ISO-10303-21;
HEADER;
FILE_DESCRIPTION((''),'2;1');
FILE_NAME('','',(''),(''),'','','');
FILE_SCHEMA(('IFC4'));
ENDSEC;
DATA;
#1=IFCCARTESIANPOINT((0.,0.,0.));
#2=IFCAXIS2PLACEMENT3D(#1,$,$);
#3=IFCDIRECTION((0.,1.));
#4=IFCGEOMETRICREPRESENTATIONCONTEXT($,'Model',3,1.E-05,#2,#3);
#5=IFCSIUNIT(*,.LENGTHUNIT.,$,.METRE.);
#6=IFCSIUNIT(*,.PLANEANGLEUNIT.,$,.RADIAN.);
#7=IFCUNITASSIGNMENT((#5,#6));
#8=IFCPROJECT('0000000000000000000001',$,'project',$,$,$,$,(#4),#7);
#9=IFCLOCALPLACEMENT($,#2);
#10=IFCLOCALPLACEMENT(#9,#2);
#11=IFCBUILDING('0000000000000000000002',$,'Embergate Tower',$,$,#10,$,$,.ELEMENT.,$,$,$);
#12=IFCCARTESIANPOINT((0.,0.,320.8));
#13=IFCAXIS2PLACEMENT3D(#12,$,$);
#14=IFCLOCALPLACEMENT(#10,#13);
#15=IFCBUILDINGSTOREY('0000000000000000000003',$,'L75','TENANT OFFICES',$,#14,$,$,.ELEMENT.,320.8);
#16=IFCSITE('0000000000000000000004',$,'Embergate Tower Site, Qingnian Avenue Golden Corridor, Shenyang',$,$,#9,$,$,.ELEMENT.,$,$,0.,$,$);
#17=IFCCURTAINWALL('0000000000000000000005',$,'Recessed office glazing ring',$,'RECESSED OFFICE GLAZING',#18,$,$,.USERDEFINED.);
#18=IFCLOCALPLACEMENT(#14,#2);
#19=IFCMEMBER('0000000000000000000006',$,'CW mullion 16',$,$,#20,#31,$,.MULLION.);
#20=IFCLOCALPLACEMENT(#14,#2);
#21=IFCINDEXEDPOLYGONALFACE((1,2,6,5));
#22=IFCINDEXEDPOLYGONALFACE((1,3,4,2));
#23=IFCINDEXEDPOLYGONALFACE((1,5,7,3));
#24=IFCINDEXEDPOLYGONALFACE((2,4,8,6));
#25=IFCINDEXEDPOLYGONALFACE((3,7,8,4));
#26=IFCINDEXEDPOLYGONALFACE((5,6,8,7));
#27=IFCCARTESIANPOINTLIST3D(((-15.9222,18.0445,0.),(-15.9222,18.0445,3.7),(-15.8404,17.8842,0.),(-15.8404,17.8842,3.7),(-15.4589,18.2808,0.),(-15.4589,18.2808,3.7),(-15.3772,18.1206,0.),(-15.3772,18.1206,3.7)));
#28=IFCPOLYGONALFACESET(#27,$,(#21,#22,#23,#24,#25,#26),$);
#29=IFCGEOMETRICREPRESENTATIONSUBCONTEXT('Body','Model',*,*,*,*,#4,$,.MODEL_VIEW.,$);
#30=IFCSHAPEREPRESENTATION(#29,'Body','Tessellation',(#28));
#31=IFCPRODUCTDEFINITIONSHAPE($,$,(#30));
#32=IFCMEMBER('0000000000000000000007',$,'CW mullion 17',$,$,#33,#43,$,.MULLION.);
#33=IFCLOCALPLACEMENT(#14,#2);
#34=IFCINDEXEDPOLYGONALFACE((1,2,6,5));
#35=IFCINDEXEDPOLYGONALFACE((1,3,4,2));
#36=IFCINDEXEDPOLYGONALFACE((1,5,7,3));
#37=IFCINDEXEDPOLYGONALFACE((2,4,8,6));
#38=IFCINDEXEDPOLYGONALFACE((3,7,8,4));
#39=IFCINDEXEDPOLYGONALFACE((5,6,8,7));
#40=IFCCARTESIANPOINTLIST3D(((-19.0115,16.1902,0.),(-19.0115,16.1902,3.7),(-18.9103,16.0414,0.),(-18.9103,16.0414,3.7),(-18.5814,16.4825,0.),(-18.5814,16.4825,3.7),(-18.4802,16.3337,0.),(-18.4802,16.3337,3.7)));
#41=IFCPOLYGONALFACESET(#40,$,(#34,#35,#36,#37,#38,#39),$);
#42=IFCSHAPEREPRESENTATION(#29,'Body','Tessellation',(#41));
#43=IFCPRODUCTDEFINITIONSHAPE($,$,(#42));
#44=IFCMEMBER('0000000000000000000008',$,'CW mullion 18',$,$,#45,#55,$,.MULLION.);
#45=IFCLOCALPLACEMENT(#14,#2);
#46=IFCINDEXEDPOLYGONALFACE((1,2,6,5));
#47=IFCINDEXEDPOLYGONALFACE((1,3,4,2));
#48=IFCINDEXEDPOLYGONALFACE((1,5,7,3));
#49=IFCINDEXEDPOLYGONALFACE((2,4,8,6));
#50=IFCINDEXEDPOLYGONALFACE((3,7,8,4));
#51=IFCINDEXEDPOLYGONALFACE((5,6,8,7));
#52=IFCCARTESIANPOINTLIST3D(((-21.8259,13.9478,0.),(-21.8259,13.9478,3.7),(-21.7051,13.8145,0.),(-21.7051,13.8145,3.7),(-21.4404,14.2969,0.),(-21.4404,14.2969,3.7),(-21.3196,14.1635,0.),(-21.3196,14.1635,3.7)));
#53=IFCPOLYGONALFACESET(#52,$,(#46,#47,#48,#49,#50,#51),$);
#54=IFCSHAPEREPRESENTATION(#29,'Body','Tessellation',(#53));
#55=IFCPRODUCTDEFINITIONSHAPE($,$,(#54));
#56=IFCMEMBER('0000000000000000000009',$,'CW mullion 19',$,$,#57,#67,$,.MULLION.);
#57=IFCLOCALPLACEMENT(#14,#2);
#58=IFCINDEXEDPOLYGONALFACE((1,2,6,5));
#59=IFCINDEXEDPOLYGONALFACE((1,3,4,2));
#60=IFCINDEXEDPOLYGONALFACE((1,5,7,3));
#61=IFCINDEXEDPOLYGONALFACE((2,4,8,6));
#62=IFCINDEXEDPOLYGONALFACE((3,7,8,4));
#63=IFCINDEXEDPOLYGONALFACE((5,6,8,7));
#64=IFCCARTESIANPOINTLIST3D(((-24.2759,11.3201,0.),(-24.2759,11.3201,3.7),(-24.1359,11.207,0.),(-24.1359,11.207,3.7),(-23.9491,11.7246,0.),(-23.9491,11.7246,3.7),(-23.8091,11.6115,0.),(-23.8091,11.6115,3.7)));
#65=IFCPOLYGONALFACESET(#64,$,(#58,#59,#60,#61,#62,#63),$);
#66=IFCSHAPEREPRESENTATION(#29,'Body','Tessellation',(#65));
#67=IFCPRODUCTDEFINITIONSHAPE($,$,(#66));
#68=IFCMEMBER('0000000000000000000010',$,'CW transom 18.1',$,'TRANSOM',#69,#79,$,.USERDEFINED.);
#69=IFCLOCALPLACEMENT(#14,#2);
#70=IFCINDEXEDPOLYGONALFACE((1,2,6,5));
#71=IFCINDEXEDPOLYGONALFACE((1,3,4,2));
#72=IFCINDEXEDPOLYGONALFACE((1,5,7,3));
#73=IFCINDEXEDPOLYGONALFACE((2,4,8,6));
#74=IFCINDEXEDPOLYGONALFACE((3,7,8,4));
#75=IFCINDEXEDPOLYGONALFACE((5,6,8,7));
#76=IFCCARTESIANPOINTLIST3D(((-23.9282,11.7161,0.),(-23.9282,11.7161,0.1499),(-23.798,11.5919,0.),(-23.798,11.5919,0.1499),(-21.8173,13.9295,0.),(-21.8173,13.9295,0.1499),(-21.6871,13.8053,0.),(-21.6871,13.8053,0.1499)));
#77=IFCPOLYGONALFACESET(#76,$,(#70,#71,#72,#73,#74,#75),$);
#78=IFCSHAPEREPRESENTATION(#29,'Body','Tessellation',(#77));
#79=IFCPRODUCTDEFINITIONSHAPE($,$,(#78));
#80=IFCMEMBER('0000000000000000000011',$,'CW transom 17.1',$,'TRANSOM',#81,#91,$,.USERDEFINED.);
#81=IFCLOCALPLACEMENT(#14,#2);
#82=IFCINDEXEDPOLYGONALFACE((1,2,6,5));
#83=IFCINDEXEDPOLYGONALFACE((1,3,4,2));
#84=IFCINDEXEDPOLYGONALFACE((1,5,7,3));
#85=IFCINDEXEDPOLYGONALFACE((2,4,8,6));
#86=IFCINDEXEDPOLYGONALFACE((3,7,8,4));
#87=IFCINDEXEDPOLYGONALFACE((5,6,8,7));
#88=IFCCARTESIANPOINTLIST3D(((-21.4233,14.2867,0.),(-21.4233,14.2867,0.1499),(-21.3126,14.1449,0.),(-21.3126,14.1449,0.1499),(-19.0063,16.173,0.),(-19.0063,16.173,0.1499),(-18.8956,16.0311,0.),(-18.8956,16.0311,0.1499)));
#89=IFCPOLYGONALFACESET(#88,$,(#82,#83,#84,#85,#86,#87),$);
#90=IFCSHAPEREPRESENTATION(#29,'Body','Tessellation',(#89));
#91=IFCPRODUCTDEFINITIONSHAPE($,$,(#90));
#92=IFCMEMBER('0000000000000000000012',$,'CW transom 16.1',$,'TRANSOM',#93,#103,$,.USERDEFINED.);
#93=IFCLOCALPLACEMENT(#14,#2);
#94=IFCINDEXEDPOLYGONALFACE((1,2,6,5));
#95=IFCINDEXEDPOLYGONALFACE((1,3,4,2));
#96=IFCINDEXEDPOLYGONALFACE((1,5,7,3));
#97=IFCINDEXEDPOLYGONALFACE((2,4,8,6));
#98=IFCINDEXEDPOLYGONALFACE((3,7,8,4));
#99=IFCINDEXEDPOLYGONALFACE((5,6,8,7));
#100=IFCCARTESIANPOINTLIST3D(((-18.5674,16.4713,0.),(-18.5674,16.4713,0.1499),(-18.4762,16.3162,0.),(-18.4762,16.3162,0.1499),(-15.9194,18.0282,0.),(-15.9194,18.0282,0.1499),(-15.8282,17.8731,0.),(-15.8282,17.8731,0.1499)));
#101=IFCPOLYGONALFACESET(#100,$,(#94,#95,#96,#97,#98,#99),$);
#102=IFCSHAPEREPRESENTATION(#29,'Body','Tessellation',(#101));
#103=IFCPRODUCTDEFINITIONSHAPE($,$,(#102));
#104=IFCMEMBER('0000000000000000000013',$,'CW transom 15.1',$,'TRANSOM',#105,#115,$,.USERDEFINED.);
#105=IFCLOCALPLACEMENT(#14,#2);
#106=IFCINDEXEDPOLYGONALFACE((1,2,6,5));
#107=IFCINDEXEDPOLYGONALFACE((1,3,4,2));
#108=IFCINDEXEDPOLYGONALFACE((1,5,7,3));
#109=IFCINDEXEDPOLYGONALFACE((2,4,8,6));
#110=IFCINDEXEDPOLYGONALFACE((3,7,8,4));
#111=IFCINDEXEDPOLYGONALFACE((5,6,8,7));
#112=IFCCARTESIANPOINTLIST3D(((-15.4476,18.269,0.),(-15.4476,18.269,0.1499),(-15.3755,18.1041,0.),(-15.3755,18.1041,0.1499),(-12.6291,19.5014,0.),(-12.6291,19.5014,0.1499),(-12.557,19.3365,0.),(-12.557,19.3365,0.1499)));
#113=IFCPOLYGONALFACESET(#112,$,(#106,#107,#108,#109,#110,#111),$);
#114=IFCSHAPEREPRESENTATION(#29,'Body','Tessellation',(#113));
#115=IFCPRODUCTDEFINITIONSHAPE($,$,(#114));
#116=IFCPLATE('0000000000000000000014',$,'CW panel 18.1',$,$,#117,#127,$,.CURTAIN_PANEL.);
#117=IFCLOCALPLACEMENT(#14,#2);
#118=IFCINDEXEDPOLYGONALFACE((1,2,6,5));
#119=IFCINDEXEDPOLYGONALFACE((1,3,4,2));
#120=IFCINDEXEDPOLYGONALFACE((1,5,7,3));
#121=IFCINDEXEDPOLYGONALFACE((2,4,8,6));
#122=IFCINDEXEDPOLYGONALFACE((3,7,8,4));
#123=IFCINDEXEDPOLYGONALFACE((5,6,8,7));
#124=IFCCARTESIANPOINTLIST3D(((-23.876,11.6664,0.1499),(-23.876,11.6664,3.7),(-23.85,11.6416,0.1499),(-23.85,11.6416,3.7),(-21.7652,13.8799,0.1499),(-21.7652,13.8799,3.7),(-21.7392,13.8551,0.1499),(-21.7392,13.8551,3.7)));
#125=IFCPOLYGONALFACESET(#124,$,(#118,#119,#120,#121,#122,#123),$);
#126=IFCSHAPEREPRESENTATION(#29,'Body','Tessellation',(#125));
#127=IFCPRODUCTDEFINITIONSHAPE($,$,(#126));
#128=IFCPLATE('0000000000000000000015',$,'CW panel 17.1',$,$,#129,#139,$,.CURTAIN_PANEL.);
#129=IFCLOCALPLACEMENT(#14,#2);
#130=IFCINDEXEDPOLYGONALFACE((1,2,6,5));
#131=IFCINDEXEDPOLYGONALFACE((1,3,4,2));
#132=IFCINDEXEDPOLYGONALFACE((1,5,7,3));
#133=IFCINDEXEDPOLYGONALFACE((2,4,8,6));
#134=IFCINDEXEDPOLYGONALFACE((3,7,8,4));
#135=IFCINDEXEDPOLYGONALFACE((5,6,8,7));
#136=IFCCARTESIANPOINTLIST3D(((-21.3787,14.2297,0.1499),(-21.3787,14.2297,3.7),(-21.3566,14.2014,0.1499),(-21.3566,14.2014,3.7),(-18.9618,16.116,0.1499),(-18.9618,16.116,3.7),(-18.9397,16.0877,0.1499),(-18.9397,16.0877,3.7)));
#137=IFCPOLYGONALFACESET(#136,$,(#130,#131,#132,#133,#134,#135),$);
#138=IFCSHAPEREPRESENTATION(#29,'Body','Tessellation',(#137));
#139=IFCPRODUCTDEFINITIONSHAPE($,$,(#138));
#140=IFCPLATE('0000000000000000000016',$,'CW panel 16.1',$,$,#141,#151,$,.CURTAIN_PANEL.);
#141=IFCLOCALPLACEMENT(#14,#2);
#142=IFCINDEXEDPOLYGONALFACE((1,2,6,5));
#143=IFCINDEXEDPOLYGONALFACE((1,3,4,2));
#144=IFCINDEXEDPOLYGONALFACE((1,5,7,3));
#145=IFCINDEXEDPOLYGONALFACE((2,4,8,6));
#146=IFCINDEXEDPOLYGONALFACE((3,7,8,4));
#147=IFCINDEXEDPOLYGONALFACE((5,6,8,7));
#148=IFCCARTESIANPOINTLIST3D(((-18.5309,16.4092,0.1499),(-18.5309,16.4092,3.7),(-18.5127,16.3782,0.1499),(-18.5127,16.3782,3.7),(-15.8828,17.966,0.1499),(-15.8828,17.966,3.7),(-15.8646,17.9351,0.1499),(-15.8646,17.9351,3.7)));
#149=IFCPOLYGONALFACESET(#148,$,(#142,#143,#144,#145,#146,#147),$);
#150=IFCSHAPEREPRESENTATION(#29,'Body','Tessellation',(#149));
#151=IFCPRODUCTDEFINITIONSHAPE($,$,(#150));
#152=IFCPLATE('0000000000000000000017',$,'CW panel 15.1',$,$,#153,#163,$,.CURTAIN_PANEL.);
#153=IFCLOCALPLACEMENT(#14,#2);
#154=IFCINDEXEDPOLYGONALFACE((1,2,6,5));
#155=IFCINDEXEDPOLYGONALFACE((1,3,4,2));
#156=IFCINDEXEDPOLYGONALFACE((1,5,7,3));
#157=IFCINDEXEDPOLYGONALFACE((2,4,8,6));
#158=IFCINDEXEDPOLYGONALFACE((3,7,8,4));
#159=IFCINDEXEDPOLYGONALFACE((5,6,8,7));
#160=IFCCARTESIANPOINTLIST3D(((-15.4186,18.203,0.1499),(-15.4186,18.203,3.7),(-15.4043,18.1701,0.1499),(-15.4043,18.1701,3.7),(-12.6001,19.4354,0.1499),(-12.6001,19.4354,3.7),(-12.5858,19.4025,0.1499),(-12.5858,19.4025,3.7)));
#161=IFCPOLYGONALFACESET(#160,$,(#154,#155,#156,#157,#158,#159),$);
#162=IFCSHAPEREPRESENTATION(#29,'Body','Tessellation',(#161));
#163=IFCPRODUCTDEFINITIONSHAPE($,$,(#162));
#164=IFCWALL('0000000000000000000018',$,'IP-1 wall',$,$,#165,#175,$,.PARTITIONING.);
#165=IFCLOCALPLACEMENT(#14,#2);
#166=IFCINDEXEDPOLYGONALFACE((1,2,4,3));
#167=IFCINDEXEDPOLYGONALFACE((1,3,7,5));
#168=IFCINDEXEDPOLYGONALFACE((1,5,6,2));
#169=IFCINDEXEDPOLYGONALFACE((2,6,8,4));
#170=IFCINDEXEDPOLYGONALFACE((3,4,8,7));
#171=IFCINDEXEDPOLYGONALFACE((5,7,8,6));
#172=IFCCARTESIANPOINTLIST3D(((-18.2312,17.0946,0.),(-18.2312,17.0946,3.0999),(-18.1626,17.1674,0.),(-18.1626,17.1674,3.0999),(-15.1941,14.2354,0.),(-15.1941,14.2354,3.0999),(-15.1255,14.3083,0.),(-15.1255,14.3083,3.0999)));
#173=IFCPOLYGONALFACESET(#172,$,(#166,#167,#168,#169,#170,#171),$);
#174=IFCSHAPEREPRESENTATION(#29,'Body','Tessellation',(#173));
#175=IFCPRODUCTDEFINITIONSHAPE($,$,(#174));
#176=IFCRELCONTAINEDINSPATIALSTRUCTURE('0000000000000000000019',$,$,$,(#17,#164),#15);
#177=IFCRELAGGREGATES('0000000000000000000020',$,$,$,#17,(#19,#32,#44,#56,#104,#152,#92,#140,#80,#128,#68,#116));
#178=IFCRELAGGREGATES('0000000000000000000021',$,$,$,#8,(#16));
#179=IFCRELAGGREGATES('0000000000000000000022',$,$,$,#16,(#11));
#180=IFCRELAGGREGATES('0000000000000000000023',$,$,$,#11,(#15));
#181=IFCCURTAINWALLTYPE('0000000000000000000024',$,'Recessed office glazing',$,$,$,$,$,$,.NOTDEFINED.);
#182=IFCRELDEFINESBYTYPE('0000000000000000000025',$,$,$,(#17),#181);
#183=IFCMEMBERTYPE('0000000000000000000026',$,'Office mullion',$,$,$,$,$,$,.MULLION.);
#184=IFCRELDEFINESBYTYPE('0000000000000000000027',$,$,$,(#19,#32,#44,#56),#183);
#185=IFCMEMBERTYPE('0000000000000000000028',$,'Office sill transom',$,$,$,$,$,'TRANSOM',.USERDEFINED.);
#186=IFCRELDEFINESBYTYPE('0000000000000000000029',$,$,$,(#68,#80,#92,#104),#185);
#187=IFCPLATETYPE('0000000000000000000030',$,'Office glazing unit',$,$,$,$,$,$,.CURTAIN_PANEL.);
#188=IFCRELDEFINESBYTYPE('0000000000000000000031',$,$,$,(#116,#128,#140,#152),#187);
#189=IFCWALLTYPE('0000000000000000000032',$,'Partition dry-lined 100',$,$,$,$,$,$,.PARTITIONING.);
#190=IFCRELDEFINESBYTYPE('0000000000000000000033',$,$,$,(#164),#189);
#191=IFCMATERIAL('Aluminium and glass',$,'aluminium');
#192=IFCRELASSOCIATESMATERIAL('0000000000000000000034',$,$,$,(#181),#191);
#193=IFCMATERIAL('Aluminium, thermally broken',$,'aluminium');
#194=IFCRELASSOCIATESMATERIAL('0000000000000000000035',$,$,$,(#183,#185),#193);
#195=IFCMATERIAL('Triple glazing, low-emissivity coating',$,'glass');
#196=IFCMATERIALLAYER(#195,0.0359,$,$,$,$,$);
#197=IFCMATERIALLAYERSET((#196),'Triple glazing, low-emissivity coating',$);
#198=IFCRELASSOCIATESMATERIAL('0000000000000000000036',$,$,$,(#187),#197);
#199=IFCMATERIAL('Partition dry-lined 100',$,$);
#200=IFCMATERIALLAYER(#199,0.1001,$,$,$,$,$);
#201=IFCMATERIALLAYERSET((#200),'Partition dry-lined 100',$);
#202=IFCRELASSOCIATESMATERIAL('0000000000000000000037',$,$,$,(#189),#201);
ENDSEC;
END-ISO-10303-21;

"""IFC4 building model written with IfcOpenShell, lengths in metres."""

from ifc_helpers import new_model, si_unit, direction, frame, frame_2d, origin, origin_2d, place, context, subcontext, project, spatial, rectangle, extrude, source, transform, mapped, material, layer, layer_set, material_profile, profile_set, type_object, element, aggregate, save


model = new_model("IFC4")

# Units and contexts
model_context = context("Model", 3, precision=1e-05, world=origin(), true_north=direction((0.0, 1.0)))
body_context = subcontext(model_context, "Body", "Model", "MODEL_VIEW")
ifc_project = project(units=[si_unit("LENGTHUNIT", "METRE"), si_unit("PLANEANGLEUNIT", "RADIAN")], contexts=[model_context])

# Site, building, storey
site_placement = place(None, origin())
site = spatial("IfcSite", under=ifc_project, at=site_placement, Name="Embergate Tower Site, Qingnian Avenue Golden Corridor, Shenyang", CompositionType="ELEMENT", RefElevation=0.0)
building_placement = place(site_placement, origin())
building = spatial("IfcBuilding", under=site, at=building_placement, Name="Embergate Tower", CompositionType="ELEMENT")
storey_placement = place(building_placement, frame((0.0, 0.0, 320.8)))
storey = spatial("IfcBuildingStorey", under=building, at=storey_placement, Name="L75", Description="TENANT OFFICES", CompositionType="ELEMENT", Elevation=320.8)

# Curtain wall, members, plates
ifc_material_1 = material(Name="Aluminium and glass", Category="aluminium")
curtain_wall_type = type_object("IfcCurtainWallType", Name="Recessed office glazing", PredefinedType="NOTDEFINED", material=ifc_material_1)
curtain_wall_placement = place(storey_placement, origin())
curtain_wall = element("IfcCurtainWall", 1, at=curtain_wall_placement, inside=storey, type_object=curtain_wall_type, Name="Recessed office glazing ring", ObjectType="RECESSED OFFICE GLAZING", PredefinedType="USERDEFINED")
ifc_material_2 = material(Name="Aluminium, thermally broken", Category="aluminium")
ifc_material_profile_1 = material_profile(ifc_material_2, rectangle(XDim=0.1799, YDim=0.52, at=origin_2d()), Name="AL 520x180")
ifc_profile_set_1 = profile_set([ifc_material_profile_1], Name="Aluminium, thermally broken")
member_type_1 = type_object("IfcMemberType", Name="Office mullion", PredefinedType="MULLION", material=ifc_profile_set_1)
shared_shape_1 = source(origin(), body_context, "Body", "SweptSolid", [
    extrude(rectangle(XDim=0.1799, YDim=0.52, at=origin_2d()), origin(), (0.0, 0.0, 1.0), 3.7),
])
member_1_placement = place(storey_placement, frame((-15.6497, 18.0825, 0.0), z_axis=(0.0, 0.0, 1.0), x_axis=(0.454508, -0.890743, 0.0)))
member_1 = element("IfcMember", 2, at=member_1_placement, type_object=member_type_1, Name="CW mullion 16", PredefinedType="MULLION", context=body_context, shape_type="MappedRepresentation", body=[
    mapped(shared_shape_1, transform((0.0, 0.0, 0.0))),
])
member_2_placement = place(storey_placement, frame((-18.7458, 16.262, 0.0), z_axis=(0.0, 0.0, 1.0), x_axis=(0.56221, -0.826994, 0.0)))
member_2 = element("IfcMember", 3, at=member_2_placement, type_object=member_type_1, Name="CW mullion 17", PredefinedType="MULLION", context=body_context, shape_type="MappedRepresentation", body=[
    mapped(shared_shape_1, transform((0.0, 0.0, 0.0))),
])
member_3_placement = place(storey_placement, frame((-21.5728, 14.0557, 0.0), z_axis=(0.0, 0.0, 1.0), x_axis=(0.671217, -0.74126, 0.0)))
member_3 = element("IfcMember", 4, at=member_3_placement, type_object=member_type_1, Name="CW mullion 18", PredefinedType="MULLION", context=body_context, shape_type="MappedRepresentation", body=[
    mapped(shared_shape_1, transform((0.0, 0.0, 0.0))),
])
member_4_placement = place(storey_placement, frame((-24.0425, 11.4658, 0.0), z_axis=(0.0, 0.0, 1.0), x_axis=(0.777862, -0.628436, 0.0)))
member_4 = element("IfcMember", 5, at=member_4_placement, type_object=member_type_1, Name="CW mullion 19", PredefinedType="MULLION", context=body_context, shape_type="MappedRepresentation", body=[
    mapped(shared_shape_1, transform((0.0, 0.0, 0.0))),
])
ifc_material_profile_2 = material_profile(ifc_material_2, rectangle(XDim=0.1799, YDim=0.1499, at=origin_2d()), Name="AL 150x180")
ifc_profile_set_2 = profile_set([ifc_material_profile_2], Name="Aluminium, thermally broken")
member_type_2 = type_object("IfcMemberType", Name="Office sill transom", ElementType="TRANSOM", PredefinedType="USERDEFINED", material=ifc_profile_set_2)
shared_shape_2 = source(origin(), body_context, "Body", "SweptSolid", [
    extrude(rectangle(XDim=0.1799, YDim=0.1499, at=origin_2d()), origin(), (0.0, 0.0, 1.0), 3.0586),
])
member_5_placement = place(storey_placement, frame((-21.7522, 13.8674, 0.075), z_axis=(-0.690145, -0.723671, 0.0), x_axis=(0.723671, -0.690145, 0.0)))
member_5 = element("IfcMember", 6, at=member_5_placement, type_object=member_type_2, Name="CW transom 18.1", ObjectType="TRANSOM", PredefinedType="USERDEFINED", context=body_context, shape_type="MappedRepresentation", body=[
    mapped(shared_shape_2, transform((0.0, 0.0, 0.0))),
])
shared_shape_3 = source(origin(), body_context, "Body", "SweptSolid", [
    extrude(rectangle(XDim=0.1799, YDim=0.1499, at=origin_2d()), origin(), (0.0, 0.0, 1.0), 3.0659),
])
member_6_placement = place(storey_placement, frame((-18.9509, 16.1021, 0.075), z_axis=(-0.788348, -0.61523, 0.0), x_axis=(0.61523, -0.788348, 0.0)))
member_6 = element("IfcMember", 7, at=member_6_placement, type_object=member_type_2, Name="CW transom 17.1", ObjectType="TRANSOM", PredefinedType="USERDEFINED", context=body_context, shape_type="MappedRepresentation", body=[
    mapped(shared_shape_3, transform((0.0, 0.0, 0.0))),
])
shared_shape_4 = source(origin(), body_context, "Body", "SweptSolid", [
    extrude(rectangle(XDim=0.1799, YDim=0.1499, at=origin_2d()), origin(), (0.0, 0.0, 1.0), 3.0718),
])
member_7_placement = place(storey_placement, frame((-15.8738, 17.9507, 0.075), z_axis=(-0.862038, -0.506843, 0.0), x_axis=(0.506843, -0.862038, 0.0)))
member_7 = element("IfcMember", 8, at=member_7_placement, type_object=member_type_2, Name="CW transom 16.1", ObjectType="TRANSOM", PredefinedType="USERDEFINED", context=body_context, shape_type="MappedRepresentation", body=[
    mapped(shared_shape_4, transform((0.0, 0.0, 0.0))),
])
shared_shape_5 = source(origin(), body_context, "Body", "SweptSolid", [
    extrude(rectangle(XDim=0.1799, YDim=0.1499, at=origin_2d()), origin(), (0.0, 0.0, 1.0), 3.0762),
])
member_8_placement = place(storey_placement, frame((-12.593, 19.4189, 0.075), z_axis=(-0.916243, -0.400623, 0.0), x_axis=(0.400623, -0.916243, 0.0)))
member_8 = element("IfcMember", 9, at=member_8_placement, type_object=member_type_2, Name="CW transom 15.1", ObjectType="TRANSOM", PredefinedType="USERDEFINED", context=body_context, shape_type="MappedRepresentation", body=[
    mapped(shared_shape_5, transform((0.0, 0.0, 0.0))),
])
ifc_material_3 = material(Name="Triple glazing, low-emissivity coating", Category="glass")
ifc_layer_1 = layer(ifc_material_3, 0.0359)
ifc_layer_set_1 = layer_set([ifc_layer_1], Name="Triple glazing, low-emissivity coating")
plate_type = type_object("IfcPlateType", Name="Office glazing unit", PredefinedType="CURTAIN_PANEL", material=ifc_layer_set_1)
shared_shape_6 = source(origin(), body_context, "Body", "SweptSolid", [
    extrude(rectangle(XDim=3.0586, YDim=0.0359, at=origin_2d()), origin(), (0.0, 0.0, 1.0), 3.55),
])
plate_1_placement = place(storey_placement, frame((-22.8076, 12.7607, 0.1499), z_axis=(0.0, 0.0, 1.0), x_axis=(-0.690133, -0.723683, 0.0)))
plate_1 = element("IfcPlate", 10, at=plate_1_placement, type_object=plate_type, Name="CW panel 18.1", PredefinedType="CURTAIN_PANEL", context=body_context, shape_type="MappedRepresentation", body=[
    mapped(shared_shape_6, transform((0.0, 0.0, 0.0))),
])
shared_shape_7 = source(origin(), body_context, "Body", "SweptSolid", [
    extrude(rectangle(XDim=3.0659, YDim=0.0359, at=origin_2d()), origin(), (0.0, 0.0, 1.0), 3.55),
])
plate_2_placement = place(storey_placement, frame((-20.1592, 15.1587, 0.1499), z_axis=(0.0, 0.0, 1.0), x_axis=(-0.788318, -0.615268, 0.0)))
plate_2 = element("IfcPlate", 11, at=plate_2_placement, type_object=plate_type, Name="CW panel 17.1", PredefinedType="CURTAIN_PANEL", context=body_context, shape_type="MappedRepresentation", body=[
    mapped(shared_shape_7, transform((0.0, 0.0, 0.0))),
])
shared_shape_8 = source(origin(), body_context, "Body", "SweptSolid", [
    extrude(rectangle(XDim=3.0718, YDim=0.0359, at=origin_2d()), origin(), (0.0, 0.0, 1.0), 3.55),
])
plate_3_placement = place(storey_placement, frame((-17.1978, 17.1721, 0.1499), z_axis=(0.0, 0.0, 1.0), x_axis=(-0.862051, -0.506822, 0.0)))
plate_3 = element("IfcPlate", 12, at=plate_3_placement, type_object=plate_type, Name="CW panel 16.1", PredefinedType="CURTAIN_PANEL", context=body_context, shape_type="MappedRepresentation", body=[
    mapped(shared_shape_8, transform((0.0, 0.0, 0.0))),
])
shared_shape_9 = source(origin(), body_context, "Body", "SweptSolid", [
    extrude(rectangle(XDim=3.0762, YDim=0.0359, at=origin_2d()), origin(), (0.0, 0.0, 1.0), 3.55),
])
plate_4_placement = place(storey_placement, frame((-14.0022, 18.8027, 0.1499), z_axis=(0.0, 0.0, 1.0), x_axis=(-0.916234, -0.400643, 0.0)))
plate_4 = element("IfcPlate", 13, at=plate_4_placement, type_object=plate_type, Name="CW panel 15.1", PredefinedType="CURTAIN_PANEL", context=body_context, shape_type="MappedRepresentation", body=[
    mapped(shared_shape_9, transform((0.0, 0.0, 0.0))),
])
aggregate(curtain_wall, [member_1, member_2, member_3, member_4, member_8, plate_4, member_7, plate_3, member_6, plate_2, member_5, plate_1])

# Wall
ifc_material_4 = material(Name="Partition dry-lined 100")
ifc_layer_2 = layer(ifc_material_4, 0.1001)
ifc_layer_set_2 = layer_set([ifc_layer_2], Name="Partition dry-lined 100")
wall_type = type_object("IfcWallType", Name="Partition dry-lined 100", PredefinedType="PARTITIONING", material=ifc_layer_set_2)
shared_shape_10 = source(origin(), body_context, "Body", "SweptSolid", [
    extrude(rectangle(XDim=4.1711, YDim=0.1001, at=frame_2d((2.0854, 0.0))), origin(), (0.0, 0.0, 1.0), 3.0999),
])
wall_placement = place(storey_placement, frame((-15.1599, 14.272, 0.0), z_axis=(0.0, 0.0, 1.0), x_axis=(-0.728119, 0.685451, 0.0)))
element("IfcWall", 14, at=wall_placement, inside=storey, type_object=wall_type, Name="IP-1 wall", PredefinedType="PARTITIONING", context=body_context, shape_type="MappedRepresentation", body=[
    mapped(shared_shape_10, transform((0.0, 0.0, 0.0))),
])

save(model, "model.ifc")
